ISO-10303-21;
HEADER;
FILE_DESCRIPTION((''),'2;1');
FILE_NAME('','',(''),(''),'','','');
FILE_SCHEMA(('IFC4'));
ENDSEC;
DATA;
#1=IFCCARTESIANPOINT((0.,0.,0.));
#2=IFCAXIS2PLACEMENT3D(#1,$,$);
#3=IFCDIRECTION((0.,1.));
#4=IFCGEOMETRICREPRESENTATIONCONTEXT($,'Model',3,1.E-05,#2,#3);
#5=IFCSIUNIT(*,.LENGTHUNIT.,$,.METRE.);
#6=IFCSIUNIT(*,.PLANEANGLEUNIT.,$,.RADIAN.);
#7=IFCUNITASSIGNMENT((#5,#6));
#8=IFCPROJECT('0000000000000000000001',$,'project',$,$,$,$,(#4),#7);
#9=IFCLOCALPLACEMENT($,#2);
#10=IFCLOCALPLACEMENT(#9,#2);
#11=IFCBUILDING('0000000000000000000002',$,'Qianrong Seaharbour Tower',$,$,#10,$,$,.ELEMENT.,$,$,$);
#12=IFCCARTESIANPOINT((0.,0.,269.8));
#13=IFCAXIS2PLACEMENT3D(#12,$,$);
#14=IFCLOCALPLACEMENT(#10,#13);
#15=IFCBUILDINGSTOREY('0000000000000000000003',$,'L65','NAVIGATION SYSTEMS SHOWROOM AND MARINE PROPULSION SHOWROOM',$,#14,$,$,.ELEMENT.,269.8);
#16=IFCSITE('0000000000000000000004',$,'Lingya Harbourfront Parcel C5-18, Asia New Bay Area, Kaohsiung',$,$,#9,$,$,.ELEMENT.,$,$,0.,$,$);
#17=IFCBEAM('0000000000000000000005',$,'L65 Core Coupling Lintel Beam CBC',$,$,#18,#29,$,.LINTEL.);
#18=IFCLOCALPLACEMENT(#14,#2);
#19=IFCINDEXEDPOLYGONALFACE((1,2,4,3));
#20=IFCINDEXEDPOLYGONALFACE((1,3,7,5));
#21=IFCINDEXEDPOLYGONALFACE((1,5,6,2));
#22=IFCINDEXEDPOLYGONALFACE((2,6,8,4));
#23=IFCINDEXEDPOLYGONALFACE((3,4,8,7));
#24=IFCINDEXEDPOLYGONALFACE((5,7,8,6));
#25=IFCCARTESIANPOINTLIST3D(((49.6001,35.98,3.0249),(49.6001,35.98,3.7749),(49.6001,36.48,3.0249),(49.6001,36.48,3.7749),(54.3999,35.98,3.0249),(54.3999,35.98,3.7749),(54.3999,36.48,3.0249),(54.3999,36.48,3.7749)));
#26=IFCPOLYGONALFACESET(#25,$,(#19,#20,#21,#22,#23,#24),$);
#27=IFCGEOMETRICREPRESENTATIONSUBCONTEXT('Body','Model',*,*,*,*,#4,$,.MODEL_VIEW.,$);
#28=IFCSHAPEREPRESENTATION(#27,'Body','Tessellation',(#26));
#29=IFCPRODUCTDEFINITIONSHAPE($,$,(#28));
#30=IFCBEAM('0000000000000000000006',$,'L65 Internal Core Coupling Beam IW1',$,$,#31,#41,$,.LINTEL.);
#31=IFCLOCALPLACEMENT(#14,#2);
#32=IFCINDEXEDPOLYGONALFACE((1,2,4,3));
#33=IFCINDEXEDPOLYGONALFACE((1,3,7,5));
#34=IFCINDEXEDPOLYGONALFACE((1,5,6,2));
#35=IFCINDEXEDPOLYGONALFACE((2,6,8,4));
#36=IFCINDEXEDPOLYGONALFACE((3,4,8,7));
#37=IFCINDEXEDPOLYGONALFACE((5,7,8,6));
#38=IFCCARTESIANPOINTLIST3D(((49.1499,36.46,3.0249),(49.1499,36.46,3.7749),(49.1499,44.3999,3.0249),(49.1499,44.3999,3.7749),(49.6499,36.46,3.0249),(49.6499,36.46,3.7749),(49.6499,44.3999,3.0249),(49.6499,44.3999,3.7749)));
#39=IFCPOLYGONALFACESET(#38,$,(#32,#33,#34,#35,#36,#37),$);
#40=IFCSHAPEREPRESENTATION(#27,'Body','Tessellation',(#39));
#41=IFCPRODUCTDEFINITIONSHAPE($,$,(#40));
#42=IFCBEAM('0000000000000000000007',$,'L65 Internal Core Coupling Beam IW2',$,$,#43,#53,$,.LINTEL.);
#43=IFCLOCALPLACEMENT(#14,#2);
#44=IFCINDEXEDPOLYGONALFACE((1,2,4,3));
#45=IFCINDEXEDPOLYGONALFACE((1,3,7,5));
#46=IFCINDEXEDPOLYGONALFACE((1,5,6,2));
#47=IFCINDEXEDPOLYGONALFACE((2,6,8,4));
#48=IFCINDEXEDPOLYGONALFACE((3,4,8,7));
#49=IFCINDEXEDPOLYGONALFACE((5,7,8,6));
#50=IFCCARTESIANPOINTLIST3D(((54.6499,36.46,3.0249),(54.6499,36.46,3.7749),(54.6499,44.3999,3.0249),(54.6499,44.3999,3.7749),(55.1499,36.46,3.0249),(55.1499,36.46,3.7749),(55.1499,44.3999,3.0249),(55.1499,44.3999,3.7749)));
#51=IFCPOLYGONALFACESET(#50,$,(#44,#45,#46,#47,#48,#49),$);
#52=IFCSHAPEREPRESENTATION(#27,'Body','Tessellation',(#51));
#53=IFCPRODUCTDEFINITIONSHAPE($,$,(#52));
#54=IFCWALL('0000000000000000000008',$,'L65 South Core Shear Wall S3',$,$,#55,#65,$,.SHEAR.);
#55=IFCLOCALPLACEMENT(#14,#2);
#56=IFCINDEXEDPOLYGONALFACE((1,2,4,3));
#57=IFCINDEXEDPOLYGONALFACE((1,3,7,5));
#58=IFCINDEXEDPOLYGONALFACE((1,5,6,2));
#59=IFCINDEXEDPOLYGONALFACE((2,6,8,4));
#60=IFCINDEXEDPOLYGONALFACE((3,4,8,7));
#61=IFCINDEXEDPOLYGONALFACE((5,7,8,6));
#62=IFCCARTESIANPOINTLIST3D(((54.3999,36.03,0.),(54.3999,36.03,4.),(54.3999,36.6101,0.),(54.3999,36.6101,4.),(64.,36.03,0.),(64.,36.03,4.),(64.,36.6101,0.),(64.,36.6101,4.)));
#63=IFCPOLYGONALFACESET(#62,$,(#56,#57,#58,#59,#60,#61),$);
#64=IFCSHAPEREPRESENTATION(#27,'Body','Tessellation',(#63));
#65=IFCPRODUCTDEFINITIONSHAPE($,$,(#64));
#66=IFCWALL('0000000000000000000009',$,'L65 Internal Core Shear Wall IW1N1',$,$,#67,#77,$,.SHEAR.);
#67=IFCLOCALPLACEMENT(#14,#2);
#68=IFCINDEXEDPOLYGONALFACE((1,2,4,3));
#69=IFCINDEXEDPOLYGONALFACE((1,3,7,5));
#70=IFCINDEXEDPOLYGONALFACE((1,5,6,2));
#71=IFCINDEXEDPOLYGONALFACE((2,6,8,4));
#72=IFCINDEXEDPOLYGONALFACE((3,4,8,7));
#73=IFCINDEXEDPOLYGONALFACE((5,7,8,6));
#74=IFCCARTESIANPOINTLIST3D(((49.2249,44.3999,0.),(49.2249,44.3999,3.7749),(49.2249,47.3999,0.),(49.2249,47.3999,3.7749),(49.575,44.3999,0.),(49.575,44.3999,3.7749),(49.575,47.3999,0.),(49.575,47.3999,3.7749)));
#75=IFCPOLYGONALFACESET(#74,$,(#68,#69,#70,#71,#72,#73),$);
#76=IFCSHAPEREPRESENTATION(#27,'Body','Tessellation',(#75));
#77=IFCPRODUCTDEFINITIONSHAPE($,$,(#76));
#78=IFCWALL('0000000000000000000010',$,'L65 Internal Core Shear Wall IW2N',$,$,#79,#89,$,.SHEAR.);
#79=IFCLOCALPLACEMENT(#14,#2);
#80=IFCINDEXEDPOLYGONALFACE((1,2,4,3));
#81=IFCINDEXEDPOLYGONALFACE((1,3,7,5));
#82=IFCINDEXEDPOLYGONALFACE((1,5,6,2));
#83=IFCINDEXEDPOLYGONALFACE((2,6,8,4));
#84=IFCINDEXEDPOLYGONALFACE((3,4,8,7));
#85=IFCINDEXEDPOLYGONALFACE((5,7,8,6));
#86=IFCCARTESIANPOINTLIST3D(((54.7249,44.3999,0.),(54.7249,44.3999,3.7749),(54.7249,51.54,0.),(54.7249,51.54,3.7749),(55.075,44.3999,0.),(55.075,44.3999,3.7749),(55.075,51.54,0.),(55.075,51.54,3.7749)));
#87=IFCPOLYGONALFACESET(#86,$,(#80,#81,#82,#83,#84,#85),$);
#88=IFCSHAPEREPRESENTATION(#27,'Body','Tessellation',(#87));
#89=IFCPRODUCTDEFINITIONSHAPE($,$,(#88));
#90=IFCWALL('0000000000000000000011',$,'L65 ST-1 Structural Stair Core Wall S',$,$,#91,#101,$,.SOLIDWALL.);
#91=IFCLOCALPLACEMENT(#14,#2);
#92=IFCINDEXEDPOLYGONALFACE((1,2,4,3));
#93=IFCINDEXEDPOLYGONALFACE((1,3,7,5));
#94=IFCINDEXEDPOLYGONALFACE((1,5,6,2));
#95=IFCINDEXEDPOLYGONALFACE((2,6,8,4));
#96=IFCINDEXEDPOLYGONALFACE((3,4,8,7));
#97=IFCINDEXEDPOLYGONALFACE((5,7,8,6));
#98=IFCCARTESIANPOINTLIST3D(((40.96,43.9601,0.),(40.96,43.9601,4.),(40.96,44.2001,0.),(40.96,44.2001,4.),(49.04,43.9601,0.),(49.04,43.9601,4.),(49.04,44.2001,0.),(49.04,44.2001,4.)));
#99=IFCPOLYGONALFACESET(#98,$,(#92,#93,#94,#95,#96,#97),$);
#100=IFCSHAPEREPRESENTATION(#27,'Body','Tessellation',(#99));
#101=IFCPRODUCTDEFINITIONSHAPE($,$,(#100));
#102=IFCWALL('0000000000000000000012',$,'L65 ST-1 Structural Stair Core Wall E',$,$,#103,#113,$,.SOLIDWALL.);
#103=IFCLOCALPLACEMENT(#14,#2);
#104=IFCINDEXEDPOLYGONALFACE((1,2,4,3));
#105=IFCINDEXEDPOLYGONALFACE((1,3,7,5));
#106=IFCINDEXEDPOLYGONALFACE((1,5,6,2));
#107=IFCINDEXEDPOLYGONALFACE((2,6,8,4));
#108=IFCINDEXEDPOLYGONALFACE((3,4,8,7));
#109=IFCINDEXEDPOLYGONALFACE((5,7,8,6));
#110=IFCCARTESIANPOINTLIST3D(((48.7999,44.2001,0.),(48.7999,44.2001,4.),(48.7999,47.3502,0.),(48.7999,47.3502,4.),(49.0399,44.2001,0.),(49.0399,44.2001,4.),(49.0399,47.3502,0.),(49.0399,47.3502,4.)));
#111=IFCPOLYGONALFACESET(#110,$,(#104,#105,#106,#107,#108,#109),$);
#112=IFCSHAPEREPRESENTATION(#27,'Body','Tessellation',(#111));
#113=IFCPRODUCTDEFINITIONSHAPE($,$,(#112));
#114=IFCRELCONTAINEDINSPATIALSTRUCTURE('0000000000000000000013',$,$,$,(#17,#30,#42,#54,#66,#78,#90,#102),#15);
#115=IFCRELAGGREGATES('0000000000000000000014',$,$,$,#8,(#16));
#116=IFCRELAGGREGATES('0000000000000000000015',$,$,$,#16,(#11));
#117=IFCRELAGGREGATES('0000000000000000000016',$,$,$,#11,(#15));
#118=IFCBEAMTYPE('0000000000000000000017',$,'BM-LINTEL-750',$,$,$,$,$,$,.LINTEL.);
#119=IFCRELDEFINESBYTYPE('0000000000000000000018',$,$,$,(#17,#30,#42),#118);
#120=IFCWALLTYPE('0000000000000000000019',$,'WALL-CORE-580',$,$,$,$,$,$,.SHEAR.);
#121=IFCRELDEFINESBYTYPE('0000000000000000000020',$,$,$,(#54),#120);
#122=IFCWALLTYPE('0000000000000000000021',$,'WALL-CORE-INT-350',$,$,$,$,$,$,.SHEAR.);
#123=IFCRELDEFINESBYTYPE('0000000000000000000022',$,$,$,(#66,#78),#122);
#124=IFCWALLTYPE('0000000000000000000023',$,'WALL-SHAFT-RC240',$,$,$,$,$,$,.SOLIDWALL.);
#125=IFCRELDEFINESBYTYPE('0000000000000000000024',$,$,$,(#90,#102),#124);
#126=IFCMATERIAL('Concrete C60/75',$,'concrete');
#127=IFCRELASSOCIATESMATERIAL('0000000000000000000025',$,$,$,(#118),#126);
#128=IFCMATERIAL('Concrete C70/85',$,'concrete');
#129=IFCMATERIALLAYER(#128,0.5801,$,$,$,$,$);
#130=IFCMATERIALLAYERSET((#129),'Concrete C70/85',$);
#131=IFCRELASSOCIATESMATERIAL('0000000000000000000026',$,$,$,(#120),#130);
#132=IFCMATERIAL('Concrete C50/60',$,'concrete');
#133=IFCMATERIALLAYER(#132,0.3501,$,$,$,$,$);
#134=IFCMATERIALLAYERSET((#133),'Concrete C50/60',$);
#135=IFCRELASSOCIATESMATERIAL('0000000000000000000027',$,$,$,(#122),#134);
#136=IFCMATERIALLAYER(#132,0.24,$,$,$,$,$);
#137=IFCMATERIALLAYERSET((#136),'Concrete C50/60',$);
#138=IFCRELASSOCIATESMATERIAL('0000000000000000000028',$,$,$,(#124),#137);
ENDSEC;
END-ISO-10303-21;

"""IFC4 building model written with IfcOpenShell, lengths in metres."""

from ifc_helpers import new_model, si_unit, direction, frame, frame_2d, origin, origin_2d, place, context, subcontext, project, spatial, rectangle, extrude, material, layer, layer_set, material_profile, profile_set, type_object, element, save


model = new_model("IFC4")

# Units and contexts
model_context = context("Model", 3, precision=1e-05, world=origin(), true_north=direction((0.0, 1.0)))
body_context = subcontext(model_context, "Body", "Model", "MODEL_VIEW")
ifc_project = project(units=[si_unit("LENGTHUNIT", "METRE"), si_unit("PLANEANGLEUNIT", "RADIAN")], contexts=[model_context])

# Site, building, storey
site_placement = place(None, origin())
site = spatial("IfcSite", under=ifc_project, at=site_placement, Name="Lingya Harbourfront Parcel C5-18, Asia New Bay Area, Kaohsiung", CompositionType="ELEMENT", RefElevation=0.0)
building_placement = place(site_placement, origin())
building = spatial("IfcBuilding", under=site, at=building_placement, Name="Qianrong Seaharbour Tower", CompositionType="ELEMENT")
storey_placement = place(building_placement, frame((0.0, 0.0, 269.8)))
storey = spatial("IfcBuildingStorey", under=building, at=storey_placement, Name="L65", Description="NAVIGATION SYSTEMS SHOWROOM AND MARINE PROPULSION SHOWROOM", CompositionType="ELEMENT", Elevation=269.8)

# Beams
ifc_material_1 = material(Name="Concrete C60/75", Category="concrete")
ifc_material_profile = material_profile(ifc_material_1, rectangle(XDim=0.5, YDim=0.75, at=origin_2d()), Name="RC500x750")
ifc_profile_set = profile_set([ifc_material_profile], Name="Concrete C60/75")
beam_type = type_object("IfcBeamType", Name="BM-LINTEL-750", PredefinedType="LINTEL", material=ifc_profile_set)
beam_placement = place(storey_placement, frame((49.6001, 36.23, 3.3999), z_axis=(1.0, 0.0, 0.0), x_axis=(0.0, 1.0, 0.0)))
element("IfcBeam", 1, at=beam_placement, inside=storey, type_object=beam_type, Name="L65 Core Coupling Lintel Beam CBC", PredefinedType="LINTEL", context=body_context, shape_type="SweptSolid", body=[
    extrude(rectangle(XDim=0.5, YDim=0.75, at=origin_2d()), origin(), (0.0, 0.0, 1.0), 4.7998),
])
for number, where, z_axis, x_axis, name in (
    (2, (49.3999, 36.46, 3.3999), (0.0, 1.0, 0.0), (-1.0, 0.0, 0.0), "L65 Internal Core Coupling Beam IW1"),
    (3, (54.8999, 36.46, 3.3999), (0.0, 1.0, 0.0), (-1.0, 0.0, 0.0), "L65 Internal Core Coupling Beam IW2"),
):
    element("IfcBeam", number, at=place(storey_placement, frame(where, z_axis=z_axis, x_axis=x_axis)), inside=storey, type_object=beam_type, Name=name, PredefinedType="LINTEL", context=body_context, shape_type="SweptSolid", body=[
        extrude(rectangle(XDim=0.5, YDim=0.75, at=origin_2d()), origin(), (0.0, 0.0, 1.0), 7.9399),
    ])

# Walls
ifc_material_2 = material(Name="Concrete C70/85", Category="concrete")
ifc_layer_1 = layer(ifc_material_2, 0.5801)
ifc_layer_set_1 = layer_set([ifc_layer_1], Name="Concrete C70/85")
wall_type_1 = type_object("IfcWallType", Name="WALL-CORE-580", PredefinedType="SHEAR", material=ifc_layer_set_1)
wall_1_placement = place(storey_placement, frame((54.3999, 36.3201, 0.0), z_axis=(0.0, 0.0, 1.0), x_axis=(1.0, 0.0, 0.0)))
element("IfcWall", 4, at=wall_1_placement, inside=storey, type_object=wall_type_1, Name="L65 South Core Shear Wall S3", PredefinedType="SHEAR", context=body_context, shape_type="SweptSolid", body=[
    extrude(rectangle(XDim=9.6001, YDim=0.5801, at=frame_2d((4.8, 0.0))), origin(), (0.0, 0.0, 1.0), 4.0),
])
ifc_material_3 = material(Name="Concrete C50/60", Category="concrete")
ifc_layer_2 = layer(ifc_material_3, 0.3501)
ifc_layer_set_2 = layer_set([ifc_layer_2], Name="Concrete C50/60")
wall_type_2 = type_object("IfcWallType", Name="WALL-CORE-INT-350", PredefinedType="SHEAR", material=ifc_layer_set_2)
wall_2_placement = place(storey_placement, frame((49.3999, 44.3999, 0.0), z_axis=(0.0, 0.0, 1.0), x_axis=(0.0, 1.0, 0.0)))
element("IfcWall", 5, at=wall_2_placement, inside=storey, type_object=wall_type_2, Name="L65 Internal Core Shear Wall IW1N1", PredefinedType="SHEAR", context=body_context, shape_type="SweptSolid", body=[
    extrude(rectangle(XDim=3.0, YDim=0.3501, at=frame_2d((1.5, 0.0))), origin(), (0.0, 0.0, 1.0), 3.7749),
])
wall_3_placement = place(storey_placement, frame((54.8999, 44.3999, 0.0), z_axis=(0.0, 0.0, 1.0), x_axis=(0.0, 1.0, 0.0)))
element("IfcWall", 6, at=wall_3_placement, inside=storey, type_object=wall_type_2, Name="L65 Internal Core Shear Wall IW2N", PredefinedType="SHEAR", context=body_context, shape_type="SweptSolid", body=[
    extrude(rectangle(XDim=7.1401, YDim=0.3501, at=frame_2d((3.5701, 0.0))), origin(), (0.0, 0.0, 1.0), 3.7749),
])

# Walls
ifc_layer_3 = layer(ifc_material_3, 0.24)
ifc_layer_set_3 = layer_set([ifc_layer_3], Name="Concrete C50/60")
wall_type_3 = type_object("IfcWallType", Name="WALL-SHAFT-RC240", PredefinedType="SOLIDWALL", material=ifc_layer_set_3)
wall_4_placement = place(storey_placement, frame((49.04, 44.0801, 0.0), z_axis=(0.0, 0.0, 1.0), x_axis=(-1.0, 0.0, 0.0)))
element("IfcWall", 7, at=wall_4_placement, inside=storey, type_object=wall_type_3, Name="L65 ST-1 Structural Stair Core Wall S", PredefinedType="SOLIDWALL", context=body_context, shape_type="SweptSolid", body=[
    extrude(rectangle(XDim=8.0801, YDim=0.24, at=frame_2d((4.04, 0.0))), origin(), (0.0, 0.0, 1.0), 4.0),
])
wall_5_placement = place(storey_placement, frame((48.9199, 44.2, 0.0), z_axis=(0.0, 0.0, 1.0), x_axis=(0.0, 1.0, 0.0)))
element("IfcWall", 8, at=wall_5_placement, inside=storey, type_object=wall_type_3, Name="L65 ST-1 Structural Stair Core Wall E", PredefinedType="SOLIDWALL", context=body_context, shape_type="SweptSolid", body=[
    extrude(rectangle(XDim=3.1501, YDim=0.24, at=frame_2d((1.5752, 0.0))), origin(), (0.0, 0.0, 1.0), 4.0),
])

save(model, "model.ifc")
